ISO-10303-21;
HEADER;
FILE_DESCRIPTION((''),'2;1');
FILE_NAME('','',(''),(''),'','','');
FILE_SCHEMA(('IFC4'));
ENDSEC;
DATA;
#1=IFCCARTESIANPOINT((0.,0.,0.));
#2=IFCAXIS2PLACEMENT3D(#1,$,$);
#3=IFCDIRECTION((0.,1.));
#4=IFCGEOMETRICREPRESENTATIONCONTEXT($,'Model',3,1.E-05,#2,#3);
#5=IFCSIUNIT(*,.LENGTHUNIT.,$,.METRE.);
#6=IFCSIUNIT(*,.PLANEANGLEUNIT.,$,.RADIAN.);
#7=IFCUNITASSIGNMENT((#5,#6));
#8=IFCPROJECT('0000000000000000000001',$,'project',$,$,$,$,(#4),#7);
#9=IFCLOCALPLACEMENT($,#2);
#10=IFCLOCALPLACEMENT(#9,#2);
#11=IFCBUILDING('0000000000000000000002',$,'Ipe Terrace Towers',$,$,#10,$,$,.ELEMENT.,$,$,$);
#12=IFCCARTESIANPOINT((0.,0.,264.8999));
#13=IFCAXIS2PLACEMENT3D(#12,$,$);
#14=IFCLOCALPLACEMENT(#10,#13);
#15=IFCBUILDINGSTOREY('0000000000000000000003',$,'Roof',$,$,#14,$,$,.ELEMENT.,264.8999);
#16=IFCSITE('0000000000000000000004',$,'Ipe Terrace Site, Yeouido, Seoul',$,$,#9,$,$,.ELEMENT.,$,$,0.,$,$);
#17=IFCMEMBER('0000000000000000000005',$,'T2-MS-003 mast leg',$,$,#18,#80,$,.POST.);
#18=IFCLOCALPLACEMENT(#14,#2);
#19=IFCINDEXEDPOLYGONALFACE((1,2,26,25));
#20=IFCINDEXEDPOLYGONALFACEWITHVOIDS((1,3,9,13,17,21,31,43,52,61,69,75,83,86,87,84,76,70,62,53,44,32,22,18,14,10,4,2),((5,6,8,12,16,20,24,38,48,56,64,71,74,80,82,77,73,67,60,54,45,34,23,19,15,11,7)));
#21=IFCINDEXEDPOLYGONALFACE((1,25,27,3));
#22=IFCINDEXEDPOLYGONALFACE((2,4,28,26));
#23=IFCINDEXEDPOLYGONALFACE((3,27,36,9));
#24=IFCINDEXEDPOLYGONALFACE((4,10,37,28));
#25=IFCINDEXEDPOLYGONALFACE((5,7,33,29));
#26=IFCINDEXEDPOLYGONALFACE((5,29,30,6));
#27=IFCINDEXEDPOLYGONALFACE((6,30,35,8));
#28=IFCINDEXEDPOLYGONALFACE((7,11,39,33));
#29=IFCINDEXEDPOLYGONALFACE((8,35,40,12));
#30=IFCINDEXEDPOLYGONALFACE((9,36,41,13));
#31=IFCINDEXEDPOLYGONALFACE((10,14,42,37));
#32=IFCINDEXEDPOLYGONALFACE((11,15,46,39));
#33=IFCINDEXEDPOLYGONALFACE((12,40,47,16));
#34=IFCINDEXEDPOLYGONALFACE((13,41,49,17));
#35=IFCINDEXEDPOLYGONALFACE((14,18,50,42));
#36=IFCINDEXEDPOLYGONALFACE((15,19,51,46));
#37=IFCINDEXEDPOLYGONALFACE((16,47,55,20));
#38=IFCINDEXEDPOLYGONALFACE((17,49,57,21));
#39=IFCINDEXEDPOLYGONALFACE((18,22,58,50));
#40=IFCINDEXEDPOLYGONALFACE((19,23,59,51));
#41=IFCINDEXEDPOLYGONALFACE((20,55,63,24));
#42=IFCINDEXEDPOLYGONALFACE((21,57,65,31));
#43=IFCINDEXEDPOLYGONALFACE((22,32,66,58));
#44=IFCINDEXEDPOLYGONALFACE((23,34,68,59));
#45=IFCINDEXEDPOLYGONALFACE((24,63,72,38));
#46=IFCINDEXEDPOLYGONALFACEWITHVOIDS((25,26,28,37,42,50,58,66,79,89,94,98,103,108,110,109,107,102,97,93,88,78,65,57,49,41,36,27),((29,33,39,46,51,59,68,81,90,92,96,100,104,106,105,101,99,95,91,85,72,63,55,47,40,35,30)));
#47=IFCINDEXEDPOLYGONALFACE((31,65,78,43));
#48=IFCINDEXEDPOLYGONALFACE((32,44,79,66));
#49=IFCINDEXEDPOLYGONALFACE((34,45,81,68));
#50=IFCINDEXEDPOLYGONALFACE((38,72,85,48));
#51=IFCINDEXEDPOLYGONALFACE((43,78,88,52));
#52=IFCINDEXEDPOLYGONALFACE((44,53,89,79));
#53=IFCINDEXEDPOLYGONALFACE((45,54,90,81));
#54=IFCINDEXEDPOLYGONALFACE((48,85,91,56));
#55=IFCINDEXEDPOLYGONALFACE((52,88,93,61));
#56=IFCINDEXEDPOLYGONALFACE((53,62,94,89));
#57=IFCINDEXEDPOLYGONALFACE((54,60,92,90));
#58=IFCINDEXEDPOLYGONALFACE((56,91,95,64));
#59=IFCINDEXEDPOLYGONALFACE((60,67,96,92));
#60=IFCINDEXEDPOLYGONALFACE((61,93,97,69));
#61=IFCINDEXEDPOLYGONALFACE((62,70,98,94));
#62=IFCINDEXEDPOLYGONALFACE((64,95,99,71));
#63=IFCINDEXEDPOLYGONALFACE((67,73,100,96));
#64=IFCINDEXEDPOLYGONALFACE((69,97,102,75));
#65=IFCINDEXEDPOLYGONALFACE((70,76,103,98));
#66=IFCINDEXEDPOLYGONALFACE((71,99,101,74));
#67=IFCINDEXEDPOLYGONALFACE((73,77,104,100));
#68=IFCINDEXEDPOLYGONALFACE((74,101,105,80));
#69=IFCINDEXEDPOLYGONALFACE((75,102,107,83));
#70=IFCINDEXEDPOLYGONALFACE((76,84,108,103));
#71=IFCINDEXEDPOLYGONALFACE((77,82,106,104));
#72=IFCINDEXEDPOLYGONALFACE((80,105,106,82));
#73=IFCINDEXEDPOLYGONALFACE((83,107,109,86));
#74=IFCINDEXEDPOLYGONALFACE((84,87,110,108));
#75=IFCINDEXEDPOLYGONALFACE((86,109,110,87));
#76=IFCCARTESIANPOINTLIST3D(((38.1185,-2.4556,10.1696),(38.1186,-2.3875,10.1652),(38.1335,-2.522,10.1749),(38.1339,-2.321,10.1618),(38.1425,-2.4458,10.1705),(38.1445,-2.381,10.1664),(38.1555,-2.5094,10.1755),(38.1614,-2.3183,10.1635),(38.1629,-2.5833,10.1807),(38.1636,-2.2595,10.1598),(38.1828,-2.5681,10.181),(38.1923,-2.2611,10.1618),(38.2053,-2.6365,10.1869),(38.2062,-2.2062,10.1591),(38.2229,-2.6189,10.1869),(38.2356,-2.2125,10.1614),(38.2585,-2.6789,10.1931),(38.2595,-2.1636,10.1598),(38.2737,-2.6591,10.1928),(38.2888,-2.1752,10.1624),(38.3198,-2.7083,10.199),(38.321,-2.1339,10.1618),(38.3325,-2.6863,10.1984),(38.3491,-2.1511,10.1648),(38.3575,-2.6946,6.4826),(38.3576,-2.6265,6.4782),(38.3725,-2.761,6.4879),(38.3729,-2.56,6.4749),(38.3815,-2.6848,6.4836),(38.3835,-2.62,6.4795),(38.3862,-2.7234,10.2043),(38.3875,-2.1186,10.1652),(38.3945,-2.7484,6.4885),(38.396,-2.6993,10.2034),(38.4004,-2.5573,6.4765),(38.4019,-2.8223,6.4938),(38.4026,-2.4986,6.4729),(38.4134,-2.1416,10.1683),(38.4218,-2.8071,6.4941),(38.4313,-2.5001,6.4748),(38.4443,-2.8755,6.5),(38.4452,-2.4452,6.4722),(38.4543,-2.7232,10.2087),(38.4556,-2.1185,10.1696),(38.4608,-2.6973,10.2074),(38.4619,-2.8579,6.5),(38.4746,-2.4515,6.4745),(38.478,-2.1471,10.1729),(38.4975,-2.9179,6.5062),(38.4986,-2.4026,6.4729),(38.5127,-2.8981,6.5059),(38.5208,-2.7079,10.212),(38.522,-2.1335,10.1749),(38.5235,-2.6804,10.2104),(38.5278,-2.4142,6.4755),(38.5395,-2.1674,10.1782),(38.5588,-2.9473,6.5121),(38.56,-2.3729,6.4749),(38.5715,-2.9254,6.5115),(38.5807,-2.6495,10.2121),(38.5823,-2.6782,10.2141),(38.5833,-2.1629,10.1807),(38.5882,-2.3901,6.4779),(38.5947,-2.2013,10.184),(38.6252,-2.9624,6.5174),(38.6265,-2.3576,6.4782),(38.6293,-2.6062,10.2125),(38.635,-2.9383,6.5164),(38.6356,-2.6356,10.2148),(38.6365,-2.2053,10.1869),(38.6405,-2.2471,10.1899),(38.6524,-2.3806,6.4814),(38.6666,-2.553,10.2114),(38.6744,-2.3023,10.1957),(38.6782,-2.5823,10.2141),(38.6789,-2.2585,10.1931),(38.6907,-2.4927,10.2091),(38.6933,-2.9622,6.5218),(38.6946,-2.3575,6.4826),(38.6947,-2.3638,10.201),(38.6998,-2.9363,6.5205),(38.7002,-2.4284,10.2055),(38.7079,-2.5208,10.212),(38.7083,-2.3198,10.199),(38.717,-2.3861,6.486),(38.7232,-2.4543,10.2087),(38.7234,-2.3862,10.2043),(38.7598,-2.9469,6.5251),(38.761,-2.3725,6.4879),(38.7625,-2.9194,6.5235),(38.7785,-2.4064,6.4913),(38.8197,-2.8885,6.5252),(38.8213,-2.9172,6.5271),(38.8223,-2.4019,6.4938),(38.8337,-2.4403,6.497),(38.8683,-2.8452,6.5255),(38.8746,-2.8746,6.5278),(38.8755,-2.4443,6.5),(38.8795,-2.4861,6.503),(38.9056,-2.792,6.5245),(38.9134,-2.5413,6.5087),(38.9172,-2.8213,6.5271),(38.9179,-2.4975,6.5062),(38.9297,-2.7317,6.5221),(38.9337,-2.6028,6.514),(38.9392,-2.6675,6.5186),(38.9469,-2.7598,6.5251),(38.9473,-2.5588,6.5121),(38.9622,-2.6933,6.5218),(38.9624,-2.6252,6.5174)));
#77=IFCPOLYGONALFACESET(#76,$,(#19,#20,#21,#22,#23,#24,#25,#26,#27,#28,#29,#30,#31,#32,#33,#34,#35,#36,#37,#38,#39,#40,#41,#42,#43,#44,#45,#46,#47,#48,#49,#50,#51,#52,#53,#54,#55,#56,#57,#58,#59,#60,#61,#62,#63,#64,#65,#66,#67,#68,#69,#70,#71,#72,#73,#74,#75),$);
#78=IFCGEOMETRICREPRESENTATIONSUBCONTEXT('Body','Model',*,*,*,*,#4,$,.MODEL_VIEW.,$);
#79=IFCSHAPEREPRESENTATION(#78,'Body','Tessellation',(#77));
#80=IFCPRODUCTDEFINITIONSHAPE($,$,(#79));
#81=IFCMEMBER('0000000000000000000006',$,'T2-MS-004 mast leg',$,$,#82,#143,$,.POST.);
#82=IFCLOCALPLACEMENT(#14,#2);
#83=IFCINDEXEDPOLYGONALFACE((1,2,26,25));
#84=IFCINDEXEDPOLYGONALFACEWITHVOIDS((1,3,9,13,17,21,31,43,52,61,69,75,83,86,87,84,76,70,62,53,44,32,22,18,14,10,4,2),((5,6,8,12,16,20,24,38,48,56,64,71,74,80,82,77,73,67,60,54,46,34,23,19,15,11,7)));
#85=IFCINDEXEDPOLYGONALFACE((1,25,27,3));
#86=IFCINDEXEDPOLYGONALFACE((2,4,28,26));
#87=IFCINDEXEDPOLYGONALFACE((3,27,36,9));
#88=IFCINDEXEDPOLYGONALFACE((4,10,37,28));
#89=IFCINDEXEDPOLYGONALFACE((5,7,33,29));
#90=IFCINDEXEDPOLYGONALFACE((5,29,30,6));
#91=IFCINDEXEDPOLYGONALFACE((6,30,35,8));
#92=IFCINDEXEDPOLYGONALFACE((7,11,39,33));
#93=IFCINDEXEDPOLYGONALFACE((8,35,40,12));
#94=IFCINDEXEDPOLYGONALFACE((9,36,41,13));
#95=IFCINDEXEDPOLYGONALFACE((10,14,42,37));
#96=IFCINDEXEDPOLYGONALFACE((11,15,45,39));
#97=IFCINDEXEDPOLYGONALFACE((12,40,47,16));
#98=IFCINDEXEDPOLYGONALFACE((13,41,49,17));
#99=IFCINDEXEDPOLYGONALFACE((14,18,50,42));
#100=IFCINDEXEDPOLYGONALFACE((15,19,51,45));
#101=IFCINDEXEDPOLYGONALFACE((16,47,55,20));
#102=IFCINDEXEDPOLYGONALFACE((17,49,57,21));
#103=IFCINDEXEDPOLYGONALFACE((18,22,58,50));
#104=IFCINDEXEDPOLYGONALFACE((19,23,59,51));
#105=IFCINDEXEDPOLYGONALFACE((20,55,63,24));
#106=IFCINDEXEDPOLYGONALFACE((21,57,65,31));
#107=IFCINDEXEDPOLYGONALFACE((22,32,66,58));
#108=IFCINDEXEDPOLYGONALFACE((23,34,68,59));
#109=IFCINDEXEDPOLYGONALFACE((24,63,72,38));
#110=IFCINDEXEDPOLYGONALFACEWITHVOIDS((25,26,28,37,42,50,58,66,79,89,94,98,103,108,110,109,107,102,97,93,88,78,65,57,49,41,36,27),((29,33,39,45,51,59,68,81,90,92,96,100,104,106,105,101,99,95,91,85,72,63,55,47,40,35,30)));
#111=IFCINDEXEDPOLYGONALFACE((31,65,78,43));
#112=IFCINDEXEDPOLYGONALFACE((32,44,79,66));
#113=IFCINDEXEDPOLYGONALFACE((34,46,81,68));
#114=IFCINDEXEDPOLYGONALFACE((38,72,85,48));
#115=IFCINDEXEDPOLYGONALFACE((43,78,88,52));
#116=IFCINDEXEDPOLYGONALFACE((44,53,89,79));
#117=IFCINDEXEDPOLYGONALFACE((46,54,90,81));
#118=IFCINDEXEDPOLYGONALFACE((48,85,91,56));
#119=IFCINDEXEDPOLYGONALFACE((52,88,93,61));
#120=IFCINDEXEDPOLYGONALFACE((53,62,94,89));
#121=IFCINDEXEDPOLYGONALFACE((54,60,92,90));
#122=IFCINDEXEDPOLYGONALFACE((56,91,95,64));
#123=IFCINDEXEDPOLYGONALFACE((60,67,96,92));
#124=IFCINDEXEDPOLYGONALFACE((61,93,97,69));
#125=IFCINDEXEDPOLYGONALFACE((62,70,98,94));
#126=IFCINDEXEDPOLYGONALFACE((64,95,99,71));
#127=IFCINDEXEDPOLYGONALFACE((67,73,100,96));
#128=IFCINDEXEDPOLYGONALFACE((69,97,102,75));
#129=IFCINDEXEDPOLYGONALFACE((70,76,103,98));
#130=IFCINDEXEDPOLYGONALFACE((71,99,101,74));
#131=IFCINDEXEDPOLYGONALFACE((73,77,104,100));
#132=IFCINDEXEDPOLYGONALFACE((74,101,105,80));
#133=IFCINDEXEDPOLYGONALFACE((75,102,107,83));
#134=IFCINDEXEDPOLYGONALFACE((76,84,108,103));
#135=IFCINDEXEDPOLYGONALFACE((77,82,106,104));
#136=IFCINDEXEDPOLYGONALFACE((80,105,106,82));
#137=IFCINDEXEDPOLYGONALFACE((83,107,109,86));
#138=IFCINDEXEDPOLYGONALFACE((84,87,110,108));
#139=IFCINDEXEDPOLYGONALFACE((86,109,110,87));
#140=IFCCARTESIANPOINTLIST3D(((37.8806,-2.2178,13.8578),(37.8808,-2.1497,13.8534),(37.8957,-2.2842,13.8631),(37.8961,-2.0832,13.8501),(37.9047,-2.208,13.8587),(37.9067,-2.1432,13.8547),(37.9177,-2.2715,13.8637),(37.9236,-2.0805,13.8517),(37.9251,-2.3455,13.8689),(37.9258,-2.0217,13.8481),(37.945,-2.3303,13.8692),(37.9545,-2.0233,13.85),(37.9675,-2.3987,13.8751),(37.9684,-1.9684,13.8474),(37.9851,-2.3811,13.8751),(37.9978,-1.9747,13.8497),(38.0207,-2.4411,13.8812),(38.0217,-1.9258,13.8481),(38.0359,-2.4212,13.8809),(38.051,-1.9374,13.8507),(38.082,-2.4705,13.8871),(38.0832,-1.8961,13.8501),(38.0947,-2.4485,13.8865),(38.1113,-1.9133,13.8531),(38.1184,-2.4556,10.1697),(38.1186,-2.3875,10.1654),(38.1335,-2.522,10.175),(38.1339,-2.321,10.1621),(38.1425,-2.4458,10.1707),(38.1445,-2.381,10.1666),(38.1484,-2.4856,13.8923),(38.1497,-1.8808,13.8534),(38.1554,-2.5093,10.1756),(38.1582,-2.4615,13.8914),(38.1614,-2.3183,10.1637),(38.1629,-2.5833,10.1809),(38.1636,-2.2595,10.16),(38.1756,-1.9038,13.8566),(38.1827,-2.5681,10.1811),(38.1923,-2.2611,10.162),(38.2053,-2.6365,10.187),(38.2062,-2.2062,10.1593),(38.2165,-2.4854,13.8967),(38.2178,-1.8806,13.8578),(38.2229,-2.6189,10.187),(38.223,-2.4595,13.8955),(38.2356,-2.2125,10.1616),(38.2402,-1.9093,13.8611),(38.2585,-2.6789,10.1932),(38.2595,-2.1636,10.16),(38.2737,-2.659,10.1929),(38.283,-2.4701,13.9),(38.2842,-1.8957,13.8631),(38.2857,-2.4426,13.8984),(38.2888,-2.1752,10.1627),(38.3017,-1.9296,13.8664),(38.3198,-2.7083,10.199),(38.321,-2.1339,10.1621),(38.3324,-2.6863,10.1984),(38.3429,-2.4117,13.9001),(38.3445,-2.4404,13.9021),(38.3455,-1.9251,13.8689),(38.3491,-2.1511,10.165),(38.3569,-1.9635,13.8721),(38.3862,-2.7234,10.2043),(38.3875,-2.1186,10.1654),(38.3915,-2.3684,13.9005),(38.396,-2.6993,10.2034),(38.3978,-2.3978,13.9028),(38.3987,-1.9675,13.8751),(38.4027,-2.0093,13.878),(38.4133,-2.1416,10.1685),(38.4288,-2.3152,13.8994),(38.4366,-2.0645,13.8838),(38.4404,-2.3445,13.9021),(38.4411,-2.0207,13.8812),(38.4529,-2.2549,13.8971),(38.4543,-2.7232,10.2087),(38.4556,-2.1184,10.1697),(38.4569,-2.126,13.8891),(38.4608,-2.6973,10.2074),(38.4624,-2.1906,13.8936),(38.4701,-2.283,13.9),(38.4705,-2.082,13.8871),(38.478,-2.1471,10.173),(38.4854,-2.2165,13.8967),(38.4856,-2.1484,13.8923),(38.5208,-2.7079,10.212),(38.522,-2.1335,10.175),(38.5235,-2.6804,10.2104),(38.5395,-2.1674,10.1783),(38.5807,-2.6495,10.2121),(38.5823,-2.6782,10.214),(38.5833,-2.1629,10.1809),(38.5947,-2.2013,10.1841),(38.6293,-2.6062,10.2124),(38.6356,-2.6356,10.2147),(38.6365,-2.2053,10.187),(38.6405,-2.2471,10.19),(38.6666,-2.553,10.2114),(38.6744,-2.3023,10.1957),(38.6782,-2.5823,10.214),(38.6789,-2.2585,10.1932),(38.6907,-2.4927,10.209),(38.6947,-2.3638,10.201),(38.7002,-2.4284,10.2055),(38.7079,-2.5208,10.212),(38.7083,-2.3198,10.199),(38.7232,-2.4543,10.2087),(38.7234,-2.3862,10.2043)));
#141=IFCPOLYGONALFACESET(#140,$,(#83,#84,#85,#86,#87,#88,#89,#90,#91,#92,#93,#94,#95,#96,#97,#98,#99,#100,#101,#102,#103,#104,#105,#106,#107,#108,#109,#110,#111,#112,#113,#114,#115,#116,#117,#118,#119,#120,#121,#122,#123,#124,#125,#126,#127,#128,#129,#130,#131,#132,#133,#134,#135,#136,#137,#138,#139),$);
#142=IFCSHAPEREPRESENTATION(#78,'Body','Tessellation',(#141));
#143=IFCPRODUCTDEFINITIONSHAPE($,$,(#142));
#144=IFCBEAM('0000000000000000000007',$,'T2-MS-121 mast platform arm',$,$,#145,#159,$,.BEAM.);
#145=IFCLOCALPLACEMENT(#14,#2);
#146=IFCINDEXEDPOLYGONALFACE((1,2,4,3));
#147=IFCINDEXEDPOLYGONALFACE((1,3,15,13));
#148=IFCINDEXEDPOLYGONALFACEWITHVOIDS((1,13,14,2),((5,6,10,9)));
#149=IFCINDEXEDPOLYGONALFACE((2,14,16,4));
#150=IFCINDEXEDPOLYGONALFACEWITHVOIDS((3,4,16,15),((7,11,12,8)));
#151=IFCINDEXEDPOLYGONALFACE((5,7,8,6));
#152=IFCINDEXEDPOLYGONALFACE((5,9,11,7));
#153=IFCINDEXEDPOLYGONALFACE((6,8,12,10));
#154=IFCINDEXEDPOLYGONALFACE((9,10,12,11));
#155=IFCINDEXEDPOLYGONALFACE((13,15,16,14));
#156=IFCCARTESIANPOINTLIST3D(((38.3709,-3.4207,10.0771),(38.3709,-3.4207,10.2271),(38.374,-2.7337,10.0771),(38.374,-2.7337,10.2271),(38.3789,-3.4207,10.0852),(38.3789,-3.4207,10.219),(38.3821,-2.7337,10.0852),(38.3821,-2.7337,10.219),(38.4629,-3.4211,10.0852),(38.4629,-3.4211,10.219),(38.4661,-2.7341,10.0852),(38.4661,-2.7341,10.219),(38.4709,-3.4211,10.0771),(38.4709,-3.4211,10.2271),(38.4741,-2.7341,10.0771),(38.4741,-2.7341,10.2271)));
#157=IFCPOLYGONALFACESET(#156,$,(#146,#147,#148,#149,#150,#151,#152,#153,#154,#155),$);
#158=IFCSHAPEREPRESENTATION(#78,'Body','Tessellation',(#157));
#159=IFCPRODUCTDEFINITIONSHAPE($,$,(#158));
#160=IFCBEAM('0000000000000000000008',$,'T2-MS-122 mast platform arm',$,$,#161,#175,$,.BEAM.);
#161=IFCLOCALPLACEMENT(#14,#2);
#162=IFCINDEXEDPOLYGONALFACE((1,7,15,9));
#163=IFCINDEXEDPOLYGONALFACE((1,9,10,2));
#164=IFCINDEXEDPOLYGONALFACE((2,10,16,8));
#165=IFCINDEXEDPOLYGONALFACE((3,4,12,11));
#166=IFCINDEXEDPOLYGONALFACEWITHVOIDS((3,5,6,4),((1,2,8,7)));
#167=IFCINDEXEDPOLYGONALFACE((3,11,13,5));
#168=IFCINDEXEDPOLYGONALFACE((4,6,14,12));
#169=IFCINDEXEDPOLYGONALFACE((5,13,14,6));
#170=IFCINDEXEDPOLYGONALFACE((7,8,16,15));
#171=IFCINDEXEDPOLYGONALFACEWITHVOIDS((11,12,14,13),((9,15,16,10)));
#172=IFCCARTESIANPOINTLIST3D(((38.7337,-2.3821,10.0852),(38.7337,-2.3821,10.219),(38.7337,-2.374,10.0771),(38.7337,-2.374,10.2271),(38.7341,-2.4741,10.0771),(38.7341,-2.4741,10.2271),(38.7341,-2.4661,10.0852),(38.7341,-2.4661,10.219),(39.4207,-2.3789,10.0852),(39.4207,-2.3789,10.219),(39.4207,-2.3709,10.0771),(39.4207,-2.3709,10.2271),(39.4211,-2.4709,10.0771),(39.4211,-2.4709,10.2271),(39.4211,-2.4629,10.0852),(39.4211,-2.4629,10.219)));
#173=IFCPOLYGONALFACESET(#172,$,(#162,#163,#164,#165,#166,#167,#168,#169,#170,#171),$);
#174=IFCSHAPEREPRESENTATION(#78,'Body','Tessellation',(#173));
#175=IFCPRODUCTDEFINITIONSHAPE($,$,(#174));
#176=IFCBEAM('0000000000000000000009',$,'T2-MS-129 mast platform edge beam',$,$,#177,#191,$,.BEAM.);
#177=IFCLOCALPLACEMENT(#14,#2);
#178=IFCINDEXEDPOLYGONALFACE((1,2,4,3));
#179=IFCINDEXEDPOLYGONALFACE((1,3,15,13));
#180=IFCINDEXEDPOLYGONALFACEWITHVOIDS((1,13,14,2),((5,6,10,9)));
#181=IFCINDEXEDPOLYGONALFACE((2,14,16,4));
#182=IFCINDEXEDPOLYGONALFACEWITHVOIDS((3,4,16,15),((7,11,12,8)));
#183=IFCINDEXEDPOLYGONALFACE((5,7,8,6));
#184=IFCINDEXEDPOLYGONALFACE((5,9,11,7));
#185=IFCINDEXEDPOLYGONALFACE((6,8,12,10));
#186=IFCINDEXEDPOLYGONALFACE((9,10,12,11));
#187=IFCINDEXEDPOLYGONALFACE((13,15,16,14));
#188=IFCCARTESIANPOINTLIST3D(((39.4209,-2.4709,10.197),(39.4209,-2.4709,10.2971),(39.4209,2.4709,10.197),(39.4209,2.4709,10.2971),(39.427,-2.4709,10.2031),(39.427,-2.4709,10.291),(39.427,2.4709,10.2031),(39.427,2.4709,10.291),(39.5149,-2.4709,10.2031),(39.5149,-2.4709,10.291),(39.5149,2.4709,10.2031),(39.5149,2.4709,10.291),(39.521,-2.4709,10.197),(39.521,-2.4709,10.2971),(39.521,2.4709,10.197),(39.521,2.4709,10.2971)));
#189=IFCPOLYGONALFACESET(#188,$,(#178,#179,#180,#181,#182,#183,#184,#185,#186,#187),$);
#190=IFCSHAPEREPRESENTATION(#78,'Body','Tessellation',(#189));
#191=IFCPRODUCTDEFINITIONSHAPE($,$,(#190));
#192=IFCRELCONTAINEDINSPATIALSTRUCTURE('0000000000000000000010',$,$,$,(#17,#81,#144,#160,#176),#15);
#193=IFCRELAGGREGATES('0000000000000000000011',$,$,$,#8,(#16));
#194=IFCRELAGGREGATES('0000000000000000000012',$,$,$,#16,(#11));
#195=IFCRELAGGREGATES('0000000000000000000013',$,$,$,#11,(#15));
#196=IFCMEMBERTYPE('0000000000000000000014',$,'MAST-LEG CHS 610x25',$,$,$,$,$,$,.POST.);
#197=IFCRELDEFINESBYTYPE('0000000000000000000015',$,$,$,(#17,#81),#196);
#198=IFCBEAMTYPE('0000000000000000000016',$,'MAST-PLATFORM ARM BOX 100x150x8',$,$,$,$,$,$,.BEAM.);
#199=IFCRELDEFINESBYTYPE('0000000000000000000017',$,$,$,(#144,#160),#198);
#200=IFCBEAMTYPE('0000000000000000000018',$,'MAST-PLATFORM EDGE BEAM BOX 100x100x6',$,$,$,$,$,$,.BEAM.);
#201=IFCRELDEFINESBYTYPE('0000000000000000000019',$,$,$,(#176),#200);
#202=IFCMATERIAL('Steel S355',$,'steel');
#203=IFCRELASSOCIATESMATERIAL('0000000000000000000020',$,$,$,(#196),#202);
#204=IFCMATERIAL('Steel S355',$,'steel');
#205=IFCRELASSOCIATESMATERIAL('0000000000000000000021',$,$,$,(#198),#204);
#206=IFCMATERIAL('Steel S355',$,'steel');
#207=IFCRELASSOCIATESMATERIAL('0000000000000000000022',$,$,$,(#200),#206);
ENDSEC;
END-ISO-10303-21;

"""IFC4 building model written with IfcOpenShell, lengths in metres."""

from ifc_helpers import new_model, si_unit, direction, frame, origin, origin_2d, place, context, subcontext, project, spatial, hollow_rectangle, hollow_circle, extrude, material, material_profile, profile_set, type_object, element, save


model = new_model("IFC4")

# Units and contexts
model_context = context("Model", 3, precision=1e-05, world=origin(), true_north=direction((0.0, 1.0)))
body_context = subcontext(model_context, "Body", "Model", "MODEL_VIEW")
ifc_project = project(units=[si_unit("LENGTHUNIT", "METRE"), si_unit("PLANEANGLEUNIT", "RADIAN")], contexts=[model_context])

# Site, building, storey
site_placement = place(None, origin())
site = spatial("IfcSite", under=ifc_project, at=site_placement, Name="Ipe Terrace Site, Yeouido, Seoul", CompositionType="ELEMENT", RefElevation=0.0)
building_placement = place(site_placement, origin())
building = spatial("IfcBuilding", under=site, at=building_placement, Name="Ipe Terrace Towers", CompositionType="ELEMENT")
storey_placement = place(building_placement, frame((0.0, 0.0, 264.8999)))
storey = spatial("IfcBuildingStorey", under=building, at=storey_placement, Name="Roof", CompositionType="ELEMENT", Elevation=264.8999)

# Members
ifc_material_1 = material(Name="Steel S355", Category="steel")
ifc_material_profile_1 = material_profile(ifc_material_1, hollow_circle(Radius=0.3049, WallThickness=0.0249, at=origin_2d()), Name="MAST-LEG CHS 610x25")
ifc_profile_set_1 = profile_set([ifc_material_profile_1], Name="Steel S355")
member_type_1 = type_object("IfcMemberType", Name="MAST-LEG CHS 610x25", PredefinedType="POST", material=ifc_profile_set_1)
member_1_placement = place(storey_placement, frame((38.6599, -2.6599, 6.5), z_axis=(-0.064555, 0.064555, 0.995824), x_axis=(-0.707107, -0.707107, 0.0)))
element("IfcMember", 1, at=member_1_placement, inside=storey, type_object=member_type_1, Name="T2-MS-003 mast leg", PredefinedType="POST", context=body_context, shape_type="SweptSolid", body=[
    extrude(hollow_circle(Radius=0.3049, WallThickness=0.0249, at=origin_2d()), origin(), (0.0, 0.0, 1.0), 3.7024),
])
member_2_placement = place(storey_placement, frame((38.4209, -2.4209, 10.187), z_axis=(-0.064211, 0.064211, 0.995868), x_axis=(-0.707107, -0.707107, 0.0)))
element("IfcMember", 2, at=member_2_placement, inside=storey, type_object=member_type_1, Name="T2-MS-004 mast leg", PredefinedType="POST", context=body_context, shape_type="SweptSolid", body=[
    extrude(hollow_circle(Radius=0.3049, WallThickness=0.0249, at=origin_2d()), origin(), (0.0, 0.0, 1.0), 3.7034),
])

# Beams
ifc_material_2 = material(Name="Steel S355", Category="steel")
ifc_material_profile_2 = material_profile(ifc_material_2, hollow_rectangle(XDim=0.1001, YDim=0.1499, WallThickness=0.0081, at=origin_2d()), Name="MAST-PLATFORM ARM BOX 100x150x8")
ifc_profile_set_2 = profile_set([ifc_material_profile_2], Name="Steel S355")
beam_type_1 = type_object("IfcBeamType", Name="MAST-PLATFORM ARM BOX 100x150x8", PredefinedType="BEAM", material=ifc_profile_set_2)
for number, where, z_axis, x_axis, name in (
    (3, (38.4241, -2.7339, 10.1521), (-0.00462, -0.999989, 0.0), (0.999989, -0.00462, 0.0), "T2-MS-121 mast platform arm"),
    (4, (38.7339, -2.4241, 10.1521), (0.999989, 0.00462, 0.0), (-0.00462, 0.999989, 0.0), "T2-MS-122 mast platform arm"),
):
    element("IfcBeam", number, at=place(storey_placement, frame(where, z_axis=z_axis, x_axis=x_axis)), inside=storey, type_object=beam_type_1, Name=name, PredefinedType="BEAM", context=body_context, shape_type="SweptSolid", body=[
        extrude(hollow_rectangle(XDim=0.1001, YDim=0.1499, WallThickness=0.0081, at=origin_2d()), origin(), (0.0, 0.0, 1.0), 0.687),
    ])
ifc_material_3 = material(Name="Steel S355", Category="steel")
ifc_material_profile_3 = material_profile(ifc_material_3, hollow_rectangle(XDim=0.1001, YDim=0.1001, WallThickness=0.0061, at=origin_2d()), Name="MAST-PLATFORM EDGE BEAM BOX 100x100x6")
ifc_profile_set_3 = profile_set([ifc_material_profile_3], Name="Steel S355")
beam_type_2 = type_object("IfcBeamType", Name="MAST-PLATFORM EDGE BEAM BOX 100x100x6", PredefinedType="BEAM", material=ifc_profile_set_3)
beam_1_placement = place(storey_placement, frame((39.4709, -2.4709, 10.2471), z_axis=(0.0, 1.0, 0.0), x_axis=(-1.0, 0.0, 0.0)))
element("IfcBeam", 5, at=beam_1_placement, inside=storey, type_object=beam_type_2, Name="T2-MS-129 mast platform edge beam", PredefinedType="BEAM", context=body_context, shape_type="SweptSolid", body=[
    extrude(hollow_rectangle(XDim=0.1001, YDim=0.1001, WallThickness=0.0061, at=origin_2d()), origin(), (0.0, 0.0, 1.0), 4.9419),
])

save(model, "model.ifc")
